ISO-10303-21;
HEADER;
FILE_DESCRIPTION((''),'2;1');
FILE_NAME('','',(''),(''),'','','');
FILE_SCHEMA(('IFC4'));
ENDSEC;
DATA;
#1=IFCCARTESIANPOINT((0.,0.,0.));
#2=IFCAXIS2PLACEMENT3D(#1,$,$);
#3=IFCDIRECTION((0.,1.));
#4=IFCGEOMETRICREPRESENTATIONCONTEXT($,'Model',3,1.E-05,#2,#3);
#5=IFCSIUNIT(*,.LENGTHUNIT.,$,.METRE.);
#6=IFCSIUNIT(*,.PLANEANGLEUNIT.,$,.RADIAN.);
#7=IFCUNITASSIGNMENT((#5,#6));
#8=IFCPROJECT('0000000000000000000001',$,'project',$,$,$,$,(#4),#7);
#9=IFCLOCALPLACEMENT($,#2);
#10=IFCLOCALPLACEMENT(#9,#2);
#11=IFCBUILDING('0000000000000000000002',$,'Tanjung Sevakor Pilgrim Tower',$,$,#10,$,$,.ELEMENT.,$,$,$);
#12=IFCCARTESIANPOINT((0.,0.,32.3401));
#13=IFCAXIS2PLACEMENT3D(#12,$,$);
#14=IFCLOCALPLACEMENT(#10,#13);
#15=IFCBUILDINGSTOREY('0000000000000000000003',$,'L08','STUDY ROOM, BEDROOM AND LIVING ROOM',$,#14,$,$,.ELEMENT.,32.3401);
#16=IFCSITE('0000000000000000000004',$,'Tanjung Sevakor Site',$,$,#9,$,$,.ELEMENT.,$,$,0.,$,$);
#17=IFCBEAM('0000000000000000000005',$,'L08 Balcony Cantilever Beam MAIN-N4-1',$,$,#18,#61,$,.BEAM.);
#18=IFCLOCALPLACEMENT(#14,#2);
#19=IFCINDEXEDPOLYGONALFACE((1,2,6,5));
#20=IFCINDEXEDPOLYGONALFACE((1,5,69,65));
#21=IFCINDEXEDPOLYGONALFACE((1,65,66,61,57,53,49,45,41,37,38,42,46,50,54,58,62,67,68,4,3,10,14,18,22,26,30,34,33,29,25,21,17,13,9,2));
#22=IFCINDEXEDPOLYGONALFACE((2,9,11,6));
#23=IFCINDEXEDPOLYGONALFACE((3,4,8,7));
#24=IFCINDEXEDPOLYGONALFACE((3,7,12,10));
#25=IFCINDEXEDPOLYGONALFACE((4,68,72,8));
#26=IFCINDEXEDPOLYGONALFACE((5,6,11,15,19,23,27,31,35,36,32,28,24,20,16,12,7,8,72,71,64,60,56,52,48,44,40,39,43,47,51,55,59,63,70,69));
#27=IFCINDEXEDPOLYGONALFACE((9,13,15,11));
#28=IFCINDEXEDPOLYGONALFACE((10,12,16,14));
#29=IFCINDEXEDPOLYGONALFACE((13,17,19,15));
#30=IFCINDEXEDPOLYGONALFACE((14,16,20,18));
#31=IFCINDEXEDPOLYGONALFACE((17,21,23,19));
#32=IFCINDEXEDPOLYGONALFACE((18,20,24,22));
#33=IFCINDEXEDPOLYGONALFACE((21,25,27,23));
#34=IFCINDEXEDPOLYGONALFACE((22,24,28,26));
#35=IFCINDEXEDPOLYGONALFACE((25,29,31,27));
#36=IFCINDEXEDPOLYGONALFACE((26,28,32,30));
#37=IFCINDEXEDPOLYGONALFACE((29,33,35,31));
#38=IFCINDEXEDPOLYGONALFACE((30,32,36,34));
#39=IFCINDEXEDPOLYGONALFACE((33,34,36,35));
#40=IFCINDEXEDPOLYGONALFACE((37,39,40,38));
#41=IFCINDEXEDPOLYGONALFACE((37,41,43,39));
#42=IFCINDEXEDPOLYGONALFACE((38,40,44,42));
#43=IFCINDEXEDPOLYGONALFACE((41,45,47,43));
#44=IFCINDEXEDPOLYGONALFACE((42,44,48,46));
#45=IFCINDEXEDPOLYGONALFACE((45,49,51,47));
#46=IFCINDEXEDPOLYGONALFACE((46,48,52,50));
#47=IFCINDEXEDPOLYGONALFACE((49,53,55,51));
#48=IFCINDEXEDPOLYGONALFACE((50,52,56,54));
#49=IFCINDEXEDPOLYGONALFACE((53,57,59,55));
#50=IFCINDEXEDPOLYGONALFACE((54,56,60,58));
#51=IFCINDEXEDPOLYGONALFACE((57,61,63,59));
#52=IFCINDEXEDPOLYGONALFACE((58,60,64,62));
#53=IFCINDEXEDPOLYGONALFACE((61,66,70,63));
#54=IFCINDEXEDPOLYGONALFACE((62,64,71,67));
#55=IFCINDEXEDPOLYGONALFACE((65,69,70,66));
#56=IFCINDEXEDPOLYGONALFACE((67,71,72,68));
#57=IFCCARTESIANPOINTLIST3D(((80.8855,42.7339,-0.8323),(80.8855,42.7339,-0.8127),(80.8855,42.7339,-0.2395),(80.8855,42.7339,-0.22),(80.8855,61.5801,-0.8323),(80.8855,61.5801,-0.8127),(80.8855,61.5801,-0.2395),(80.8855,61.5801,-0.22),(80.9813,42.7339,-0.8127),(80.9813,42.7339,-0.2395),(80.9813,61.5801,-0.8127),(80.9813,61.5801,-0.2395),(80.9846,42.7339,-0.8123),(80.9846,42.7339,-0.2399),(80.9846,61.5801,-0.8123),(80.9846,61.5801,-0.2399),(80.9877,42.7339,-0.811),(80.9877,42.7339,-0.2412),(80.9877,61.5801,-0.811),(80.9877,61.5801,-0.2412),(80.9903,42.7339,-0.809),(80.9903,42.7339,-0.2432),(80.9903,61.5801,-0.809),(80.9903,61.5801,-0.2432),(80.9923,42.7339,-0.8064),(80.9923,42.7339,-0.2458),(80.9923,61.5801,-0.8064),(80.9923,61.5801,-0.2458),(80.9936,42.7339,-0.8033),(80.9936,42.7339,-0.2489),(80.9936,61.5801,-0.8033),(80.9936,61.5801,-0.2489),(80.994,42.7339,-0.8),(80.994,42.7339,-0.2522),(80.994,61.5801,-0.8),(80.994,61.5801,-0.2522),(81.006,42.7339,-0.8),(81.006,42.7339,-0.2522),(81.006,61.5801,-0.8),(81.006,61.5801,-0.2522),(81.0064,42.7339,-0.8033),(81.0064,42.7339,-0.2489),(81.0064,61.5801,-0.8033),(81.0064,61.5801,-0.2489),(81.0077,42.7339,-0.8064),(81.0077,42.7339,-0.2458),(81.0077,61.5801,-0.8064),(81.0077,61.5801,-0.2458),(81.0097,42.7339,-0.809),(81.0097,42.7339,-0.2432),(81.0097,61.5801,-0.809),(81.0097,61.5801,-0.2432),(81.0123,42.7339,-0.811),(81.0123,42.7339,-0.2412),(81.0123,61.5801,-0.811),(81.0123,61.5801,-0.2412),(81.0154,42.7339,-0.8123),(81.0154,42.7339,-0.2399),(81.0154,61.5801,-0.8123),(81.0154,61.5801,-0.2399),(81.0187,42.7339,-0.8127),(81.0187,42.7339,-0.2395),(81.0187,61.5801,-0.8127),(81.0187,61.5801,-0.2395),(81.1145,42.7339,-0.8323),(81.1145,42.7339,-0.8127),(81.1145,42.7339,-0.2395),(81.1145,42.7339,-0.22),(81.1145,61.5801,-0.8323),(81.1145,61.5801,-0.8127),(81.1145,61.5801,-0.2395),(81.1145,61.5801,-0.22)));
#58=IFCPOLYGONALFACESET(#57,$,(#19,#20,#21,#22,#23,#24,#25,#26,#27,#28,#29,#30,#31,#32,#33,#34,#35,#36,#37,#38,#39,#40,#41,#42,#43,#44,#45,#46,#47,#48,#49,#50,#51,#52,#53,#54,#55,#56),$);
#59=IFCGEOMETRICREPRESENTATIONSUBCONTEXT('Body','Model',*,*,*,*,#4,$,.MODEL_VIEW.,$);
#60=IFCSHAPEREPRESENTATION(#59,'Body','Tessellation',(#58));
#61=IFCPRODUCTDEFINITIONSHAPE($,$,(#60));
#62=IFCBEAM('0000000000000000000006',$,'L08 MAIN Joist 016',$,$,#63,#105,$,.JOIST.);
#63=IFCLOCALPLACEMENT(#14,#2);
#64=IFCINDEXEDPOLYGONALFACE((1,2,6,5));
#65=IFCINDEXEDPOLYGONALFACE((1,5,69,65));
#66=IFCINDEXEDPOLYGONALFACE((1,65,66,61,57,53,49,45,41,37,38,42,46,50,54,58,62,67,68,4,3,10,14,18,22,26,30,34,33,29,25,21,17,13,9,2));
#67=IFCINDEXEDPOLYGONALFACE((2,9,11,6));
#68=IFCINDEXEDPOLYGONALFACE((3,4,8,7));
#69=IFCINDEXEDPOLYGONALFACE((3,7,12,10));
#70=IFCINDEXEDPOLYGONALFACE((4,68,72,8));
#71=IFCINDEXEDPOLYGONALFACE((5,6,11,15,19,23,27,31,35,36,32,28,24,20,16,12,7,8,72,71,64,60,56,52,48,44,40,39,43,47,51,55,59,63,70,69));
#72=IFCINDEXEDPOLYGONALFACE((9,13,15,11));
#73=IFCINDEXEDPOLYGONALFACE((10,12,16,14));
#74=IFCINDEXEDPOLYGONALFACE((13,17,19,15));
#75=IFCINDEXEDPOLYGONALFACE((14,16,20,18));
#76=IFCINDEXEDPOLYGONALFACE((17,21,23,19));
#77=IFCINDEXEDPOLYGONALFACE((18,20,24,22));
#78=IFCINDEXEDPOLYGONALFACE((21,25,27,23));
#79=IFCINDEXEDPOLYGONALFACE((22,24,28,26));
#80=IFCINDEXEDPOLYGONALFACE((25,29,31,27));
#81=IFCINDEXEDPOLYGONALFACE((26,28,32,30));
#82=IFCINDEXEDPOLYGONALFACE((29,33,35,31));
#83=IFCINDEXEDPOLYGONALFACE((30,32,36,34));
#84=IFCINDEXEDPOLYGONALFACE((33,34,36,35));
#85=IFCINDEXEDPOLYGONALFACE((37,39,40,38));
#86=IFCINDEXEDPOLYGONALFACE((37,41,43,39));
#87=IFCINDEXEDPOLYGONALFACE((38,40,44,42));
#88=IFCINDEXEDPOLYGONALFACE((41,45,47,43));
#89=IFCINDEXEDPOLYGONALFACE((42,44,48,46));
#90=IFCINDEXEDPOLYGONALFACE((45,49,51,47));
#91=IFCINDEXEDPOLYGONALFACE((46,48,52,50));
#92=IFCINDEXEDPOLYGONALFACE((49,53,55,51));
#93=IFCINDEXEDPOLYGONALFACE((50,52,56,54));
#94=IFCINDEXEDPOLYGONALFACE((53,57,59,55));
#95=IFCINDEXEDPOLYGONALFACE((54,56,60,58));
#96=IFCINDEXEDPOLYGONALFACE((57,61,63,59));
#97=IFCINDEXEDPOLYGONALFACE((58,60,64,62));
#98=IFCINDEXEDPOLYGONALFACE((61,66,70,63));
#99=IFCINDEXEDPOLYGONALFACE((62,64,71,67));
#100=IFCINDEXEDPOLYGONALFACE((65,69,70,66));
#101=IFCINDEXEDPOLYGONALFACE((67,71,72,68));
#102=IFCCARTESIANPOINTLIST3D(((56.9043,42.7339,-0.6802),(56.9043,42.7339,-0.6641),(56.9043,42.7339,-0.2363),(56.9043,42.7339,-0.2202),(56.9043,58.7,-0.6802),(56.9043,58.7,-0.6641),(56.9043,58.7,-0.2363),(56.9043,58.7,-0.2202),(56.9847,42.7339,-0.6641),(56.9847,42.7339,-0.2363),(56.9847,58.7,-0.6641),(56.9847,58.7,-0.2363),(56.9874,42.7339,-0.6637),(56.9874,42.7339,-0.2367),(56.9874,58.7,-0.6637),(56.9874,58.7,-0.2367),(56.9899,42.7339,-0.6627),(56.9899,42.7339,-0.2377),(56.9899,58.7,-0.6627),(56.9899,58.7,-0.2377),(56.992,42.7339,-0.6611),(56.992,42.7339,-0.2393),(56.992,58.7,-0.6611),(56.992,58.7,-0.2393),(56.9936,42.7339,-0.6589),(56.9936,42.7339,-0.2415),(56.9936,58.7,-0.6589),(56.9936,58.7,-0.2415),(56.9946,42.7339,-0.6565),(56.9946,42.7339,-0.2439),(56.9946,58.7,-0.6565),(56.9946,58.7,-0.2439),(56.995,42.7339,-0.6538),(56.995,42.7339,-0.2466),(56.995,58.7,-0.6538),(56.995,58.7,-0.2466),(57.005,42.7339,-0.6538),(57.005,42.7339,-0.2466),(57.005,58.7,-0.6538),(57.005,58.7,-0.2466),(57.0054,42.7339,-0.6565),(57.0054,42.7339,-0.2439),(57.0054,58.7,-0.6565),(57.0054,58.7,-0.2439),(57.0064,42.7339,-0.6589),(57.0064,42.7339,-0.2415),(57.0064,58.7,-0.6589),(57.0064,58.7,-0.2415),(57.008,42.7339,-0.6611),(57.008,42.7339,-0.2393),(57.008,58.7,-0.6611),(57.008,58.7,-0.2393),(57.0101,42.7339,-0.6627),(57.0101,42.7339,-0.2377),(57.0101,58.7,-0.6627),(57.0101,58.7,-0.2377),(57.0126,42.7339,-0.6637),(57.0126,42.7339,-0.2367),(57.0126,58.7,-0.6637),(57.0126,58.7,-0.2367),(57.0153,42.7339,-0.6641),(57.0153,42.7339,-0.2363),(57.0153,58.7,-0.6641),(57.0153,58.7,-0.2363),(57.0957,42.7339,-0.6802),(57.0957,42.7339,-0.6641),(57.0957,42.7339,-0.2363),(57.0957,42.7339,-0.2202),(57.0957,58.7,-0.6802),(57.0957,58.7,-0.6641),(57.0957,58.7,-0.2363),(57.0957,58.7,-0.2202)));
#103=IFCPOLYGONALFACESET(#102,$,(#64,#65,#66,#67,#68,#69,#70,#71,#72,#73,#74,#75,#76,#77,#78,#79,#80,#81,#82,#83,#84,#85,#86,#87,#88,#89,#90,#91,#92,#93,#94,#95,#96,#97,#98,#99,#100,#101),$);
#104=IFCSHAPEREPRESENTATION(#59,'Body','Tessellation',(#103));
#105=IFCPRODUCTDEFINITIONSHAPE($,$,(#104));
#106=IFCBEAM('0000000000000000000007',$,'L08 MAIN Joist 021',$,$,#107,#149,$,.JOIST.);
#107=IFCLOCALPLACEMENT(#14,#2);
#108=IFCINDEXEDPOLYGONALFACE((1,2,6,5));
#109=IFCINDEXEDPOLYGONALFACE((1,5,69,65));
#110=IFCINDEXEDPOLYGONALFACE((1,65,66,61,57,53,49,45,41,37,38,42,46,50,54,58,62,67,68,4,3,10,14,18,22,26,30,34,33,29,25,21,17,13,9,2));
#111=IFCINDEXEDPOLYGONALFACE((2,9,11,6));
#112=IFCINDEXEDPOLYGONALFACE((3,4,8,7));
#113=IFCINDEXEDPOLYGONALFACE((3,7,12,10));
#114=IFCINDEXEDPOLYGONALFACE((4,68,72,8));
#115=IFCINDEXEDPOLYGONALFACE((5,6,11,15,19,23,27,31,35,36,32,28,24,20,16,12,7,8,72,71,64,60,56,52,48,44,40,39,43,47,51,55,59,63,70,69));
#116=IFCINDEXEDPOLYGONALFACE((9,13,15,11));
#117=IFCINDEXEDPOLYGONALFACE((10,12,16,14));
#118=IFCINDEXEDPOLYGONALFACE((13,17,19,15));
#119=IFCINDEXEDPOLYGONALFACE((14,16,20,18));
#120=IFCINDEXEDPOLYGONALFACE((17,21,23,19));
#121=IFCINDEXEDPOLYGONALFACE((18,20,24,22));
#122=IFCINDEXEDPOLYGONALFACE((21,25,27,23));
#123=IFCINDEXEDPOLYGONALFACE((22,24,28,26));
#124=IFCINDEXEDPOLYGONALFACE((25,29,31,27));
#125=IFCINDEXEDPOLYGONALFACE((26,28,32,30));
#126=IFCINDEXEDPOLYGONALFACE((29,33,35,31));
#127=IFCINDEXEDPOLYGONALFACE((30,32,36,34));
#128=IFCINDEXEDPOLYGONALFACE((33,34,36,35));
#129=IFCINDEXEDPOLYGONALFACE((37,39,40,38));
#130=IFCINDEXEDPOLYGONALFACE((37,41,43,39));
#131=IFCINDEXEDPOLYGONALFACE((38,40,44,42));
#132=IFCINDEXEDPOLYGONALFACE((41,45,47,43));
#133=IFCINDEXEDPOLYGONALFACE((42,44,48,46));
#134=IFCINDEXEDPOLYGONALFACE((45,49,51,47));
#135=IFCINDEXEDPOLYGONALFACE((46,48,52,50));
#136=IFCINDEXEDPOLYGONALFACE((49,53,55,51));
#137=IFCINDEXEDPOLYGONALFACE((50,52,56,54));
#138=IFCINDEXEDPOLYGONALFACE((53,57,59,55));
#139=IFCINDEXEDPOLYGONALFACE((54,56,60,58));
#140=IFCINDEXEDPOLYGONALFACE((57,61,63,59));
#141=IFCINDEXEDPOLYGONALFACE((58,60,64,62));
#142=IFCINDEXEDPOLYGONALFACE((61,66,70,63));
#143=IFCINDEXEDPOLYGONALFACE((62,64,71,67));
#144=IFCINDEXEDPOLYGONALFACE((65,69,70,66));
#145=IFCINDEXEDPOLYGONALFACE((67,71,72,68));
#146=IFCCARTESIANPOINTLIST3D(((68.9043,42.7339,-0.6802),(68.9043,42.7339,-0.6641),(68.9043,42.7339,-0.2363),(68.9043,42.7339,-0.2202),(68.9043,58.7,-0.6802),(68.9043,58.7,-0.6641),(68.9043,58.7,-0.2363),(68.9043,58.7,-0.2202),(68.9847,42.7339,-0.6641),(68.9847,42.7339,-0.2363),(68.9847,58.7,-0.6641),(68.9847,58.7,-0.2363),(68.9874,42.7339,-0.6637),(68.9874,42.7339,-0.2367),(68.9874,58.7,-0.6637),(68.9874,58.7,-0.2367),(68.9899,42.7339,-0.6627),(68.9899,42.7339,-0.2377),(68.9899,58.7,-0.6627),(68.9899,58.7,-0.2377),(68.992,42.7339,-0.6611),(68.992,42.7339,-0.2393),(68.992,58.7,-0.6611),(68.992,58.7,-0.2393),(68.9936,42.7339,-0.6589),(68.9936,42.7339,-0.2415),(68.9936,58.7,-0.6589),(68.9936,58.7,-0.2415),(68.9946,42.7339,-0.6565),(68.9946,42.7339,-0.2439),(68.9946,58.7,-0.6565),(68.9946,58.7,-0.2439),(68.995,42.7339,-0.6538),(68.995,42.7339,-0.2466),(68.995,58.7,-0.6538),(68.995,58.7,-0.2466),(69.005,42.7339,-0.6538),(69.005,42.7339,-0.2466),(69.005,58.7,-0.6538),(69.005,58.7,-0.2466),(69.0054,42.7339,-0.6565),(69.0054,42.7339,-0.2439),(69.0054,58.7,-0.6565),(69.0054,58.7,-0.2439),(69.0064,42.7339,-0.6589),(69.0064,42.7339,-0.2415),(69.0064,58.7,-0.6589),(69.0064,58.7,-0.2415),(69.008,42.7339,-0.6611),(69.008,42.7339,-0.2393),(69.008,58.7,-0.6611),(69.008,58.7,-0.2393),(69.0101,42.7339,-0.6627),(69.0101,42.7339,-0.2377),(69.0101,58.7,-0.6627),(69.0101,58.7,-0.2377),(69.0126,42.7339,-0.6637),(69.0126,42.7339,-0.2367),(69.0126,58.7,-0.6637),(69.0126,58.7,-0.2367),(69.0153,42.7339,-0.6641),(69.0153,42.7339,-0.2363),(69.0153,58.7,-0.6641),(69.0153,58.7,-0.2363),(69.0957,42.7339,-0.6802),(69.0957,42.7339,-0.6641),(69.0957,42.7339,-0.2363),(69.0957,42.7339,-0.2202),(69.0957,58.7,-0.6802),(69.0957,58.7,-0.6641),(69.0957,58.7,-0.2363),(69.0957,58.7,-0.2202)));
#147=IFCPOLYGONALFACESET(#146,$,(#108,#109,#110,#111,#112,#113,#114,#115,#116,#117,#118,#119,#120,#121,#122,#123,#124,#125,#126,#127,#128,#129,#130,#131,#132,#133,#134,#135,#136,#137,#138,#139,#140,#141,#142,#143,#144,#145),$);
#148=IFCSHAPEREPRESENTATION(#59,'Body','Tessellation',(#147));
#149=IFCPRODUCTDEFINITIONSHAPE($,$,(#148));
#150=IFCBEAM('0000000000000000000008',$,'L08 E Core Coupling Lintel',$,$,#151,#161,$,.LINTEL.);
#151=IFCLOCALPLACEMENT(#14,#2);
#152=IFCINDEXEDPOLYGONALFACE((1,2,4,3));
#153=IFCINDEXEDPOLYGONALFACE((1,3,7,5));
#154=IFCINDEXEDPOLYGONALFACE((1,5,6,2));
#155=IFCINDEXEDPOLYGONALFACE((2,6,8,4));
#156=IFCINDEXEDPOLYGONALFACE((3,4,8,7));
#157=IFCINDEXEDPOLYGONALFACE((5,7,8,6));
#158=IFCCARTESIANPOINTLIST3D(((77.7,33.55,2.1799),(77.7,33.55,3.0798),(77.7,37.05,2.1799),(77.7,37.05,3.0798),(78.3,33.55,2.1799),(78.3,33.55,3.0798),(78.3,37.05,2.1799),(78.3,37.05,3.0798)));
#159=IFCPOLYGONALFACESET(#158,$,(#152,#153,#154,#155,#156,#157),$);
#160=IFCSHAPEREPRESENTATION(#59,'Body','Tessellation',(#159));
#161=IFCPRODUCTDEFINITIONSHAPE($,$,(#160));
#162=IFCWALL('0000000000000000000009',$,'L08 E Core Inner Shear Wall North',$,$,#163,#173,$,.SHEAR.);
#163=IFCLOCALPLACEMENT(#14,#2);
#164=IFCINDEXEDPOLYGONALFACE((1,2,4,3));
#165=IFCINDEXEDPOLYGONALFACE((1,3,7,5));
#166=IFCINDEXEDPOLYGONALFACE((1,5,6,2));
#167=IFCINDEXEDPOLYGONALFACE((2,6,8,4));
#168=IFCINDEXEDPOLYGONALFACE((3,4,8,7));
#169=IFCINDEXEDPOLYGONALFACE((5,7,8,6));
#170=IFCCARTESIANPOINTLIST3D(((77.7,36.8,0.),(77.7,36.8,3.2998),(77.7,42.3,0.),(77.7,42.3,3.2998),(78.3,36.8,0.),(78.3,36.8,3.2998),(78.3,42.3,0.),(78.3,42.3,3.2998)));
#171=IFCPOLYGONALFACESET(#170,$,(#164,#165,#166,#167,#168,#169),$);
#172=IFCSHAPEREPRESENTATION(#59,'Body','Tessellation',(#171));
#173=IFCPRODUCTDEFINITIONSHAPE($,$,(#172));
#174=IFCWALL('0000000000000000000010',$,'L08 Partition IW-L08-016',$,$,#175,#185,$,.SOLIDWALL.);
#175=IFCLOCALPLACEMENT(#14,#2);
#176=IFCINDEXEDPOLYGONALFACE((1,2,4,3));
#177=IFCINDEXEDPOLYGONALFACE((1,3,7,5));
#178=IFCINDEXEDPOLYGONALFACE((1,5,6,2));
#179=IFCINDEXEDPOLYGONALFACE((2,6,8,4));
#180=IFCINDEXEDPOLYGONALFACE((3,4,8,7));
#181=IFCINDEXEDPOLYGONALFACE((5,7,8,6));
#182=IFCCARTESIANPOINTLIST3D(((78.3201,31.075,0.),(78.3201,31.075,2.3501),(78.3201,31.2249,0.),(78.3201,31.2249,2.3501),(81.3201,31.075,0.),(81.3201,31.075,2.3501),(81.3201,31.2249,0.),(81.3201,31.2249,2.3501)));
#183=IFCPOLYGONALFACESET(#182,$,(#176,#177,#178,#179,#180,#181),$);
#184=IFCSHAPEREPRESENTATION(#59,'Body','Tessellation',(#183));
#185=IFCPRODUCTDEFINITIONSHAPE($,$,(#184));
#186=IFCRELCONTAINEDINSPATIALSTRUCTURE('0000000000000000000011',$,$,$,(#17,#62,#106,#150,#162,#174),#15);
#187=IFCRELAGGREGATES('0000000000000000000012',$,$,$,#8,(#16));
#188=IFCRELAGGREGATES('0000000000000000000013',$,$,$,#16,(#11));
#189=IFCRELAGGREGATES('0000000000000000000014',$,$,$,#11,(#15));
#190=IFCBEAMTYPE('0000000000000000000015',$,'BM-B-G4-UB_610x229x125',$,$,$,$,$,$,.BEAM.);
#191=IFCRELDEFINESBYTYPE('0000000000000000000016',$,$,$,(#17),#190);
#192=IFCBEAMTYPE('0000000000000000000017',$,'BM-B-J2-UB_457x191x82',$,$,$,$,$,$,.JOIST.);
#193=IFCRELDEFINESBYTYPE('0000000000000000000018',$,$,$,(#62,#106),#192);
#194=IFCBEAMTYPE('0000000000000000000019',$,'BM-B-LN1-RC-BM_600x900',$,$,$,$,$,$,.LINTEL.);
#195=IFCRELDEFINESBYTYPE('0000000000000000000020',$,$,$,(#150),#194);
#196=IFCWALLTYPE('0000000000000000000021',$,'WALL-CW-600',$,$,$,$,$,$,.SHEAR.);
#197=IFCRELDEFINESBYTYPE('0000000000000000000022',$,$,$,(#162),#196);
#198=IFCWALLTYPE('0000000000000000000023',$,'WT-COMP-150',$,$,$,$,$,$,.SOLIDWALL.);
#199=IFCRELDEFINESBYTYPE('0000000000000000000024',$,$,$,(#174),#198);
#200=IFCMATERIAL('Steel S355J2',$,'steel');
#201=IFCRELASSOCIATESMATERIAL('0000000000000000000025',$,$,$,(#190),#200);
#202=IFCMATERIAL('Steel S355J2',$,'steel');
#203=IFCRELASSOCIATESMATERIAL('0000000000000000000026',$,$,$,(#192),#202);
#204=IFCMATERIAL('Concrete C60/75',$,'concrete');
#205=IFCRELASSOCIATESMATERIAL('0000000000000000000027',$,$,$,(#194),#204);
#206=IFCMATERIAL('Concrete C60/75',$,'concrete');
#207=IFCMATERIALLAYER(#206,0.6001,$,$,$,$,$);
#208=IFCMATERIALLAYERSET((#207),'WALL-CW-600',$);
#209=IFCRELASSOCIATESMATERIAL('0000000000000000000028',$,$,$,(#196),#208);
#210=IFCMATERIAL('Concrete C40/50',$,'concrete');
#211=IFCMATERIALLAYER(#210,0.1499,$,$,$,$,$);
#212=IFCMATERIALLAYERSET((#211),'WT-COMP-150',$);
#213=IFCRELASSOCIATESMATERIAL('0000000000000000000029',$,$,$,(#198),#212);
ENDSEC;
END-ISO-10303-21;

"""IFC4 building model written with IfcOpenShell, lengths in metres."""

from ifc_helpers import new_model, si_unit, direction, frame, frame_2d, origin, origin_2d, place, context, subcontext, project, spatial, rectangle, i_section, extrude, material, layer, layer_set, material_profile, profile_set, type_object, element, save


model = new_model("IFC4")

# Units and contexts
model_context = context("Model", 3, precision=1e-05, world=origin(), true_north=direction((0.0, 1.0)))
body_context = subcontext(model_context, "Body", "Model", "MODEL_VIEW")
ifc_project = project(units=[si_unit("LENGTHUNIT", "METRE"), si_unit("PLANEANGLEUNIT", "RADIAN")], contexts=[model_context])

# Site, building, storey
site_placement = place(None, origin())
site = spatial("IfcSite", under=ifc_project, at=site_placement, Name="Tanjung Sevakor Site", CompositionType="ELEMENT", RefElevation=0.0)
building_placement = place(site_placement, origin())
building = spatial("IfcBuilding", under=site, at=building_placement, Name="Tanjung Sevakor Pilgrim Tower", CompositionType="ELEMENT")
storey_placement = place(building_placement, frame((0.0, 0.0, 32.3401)))
storey = spatial("IfcBuildingStorey", under=building, at=storey_placement, Name="L08", Description="STUDY ROOM, BEDROOM AND LIVING ROOM", CompositionType="ELEMENT", Elevation=32.3401)

# Beams
ifc_material_1 = material(Name="Steel S355J2", Category="steel")
ifc_material_profile_1 = material_profile(ifc_material_1, i_section(OverallWidth=0.229, OverallDepth=0.6123, WebThickness=0.012, FlangeThickness=0.0195, FilletRadius=0.0127, at=origin_2d()))
ifc_profile_set_1 = profile_set([ifc_material_profile_1], Name="Steel S355J2")
beam_type_1 = type_object("IfcBeamType", Name="BM-B-G4-UB_610x229x125", PredefinedType="BEAM", material=ifc_profile_set_1)
for number, where, z_axis, x_axis, name in (
    (1, (81.0, 42.7339, -0.5261), (0.0, 1.0, 0.0), (-1.0, 0.0, 0.0), "L08 Balcony Cantilever Beam MAIN-N4-1"),
):
    element("IfcBeam", number, at=place(storey_placement, frame(where, z_axis=z_axis, x_axis=x_axis)), inside=storey, type_object=beam_type_1, Name=name, PredefinedType="BEAM", context=body_context, shape_type="SweptSolid", body=[
        extrude(i_section(OverallWidth=0.229, OverallDepth=0.6123, WebThickness=0.012, FlangeThickness=0.0195, FilletRadius=0.0127, at=origin_2d()), origin(), (0.0, 0.0, 1.0), 18.8462),
    ])
ifc_material_2 = material(Name="Steel S355J2", Category="steel")
ifc_material_profile_2 = material_profile(ifc_material_2, i_section(OverallWidth=0.1914, OverallDepth=0.46, WebThickness=0.01, FlangeThickness=0.0161, FilletRadius=0.0103, at=origin_2d()))
ifc_profile_set_2 = profile_set([ifc_material_profile_2], Name="Steel S355J2")
beam_type_2 = type_object("IfcBeamType", Name="BM-B-J2-UB_457x191x82", PredefinedType="JOIST", material=ifc_profile_set_2)
for number, where, z_axis, x_axis, name in (
    (2, (57.0, 42.7339, -0.4502), (0.0, 1.0, 0.0), (-1.0, 0.0, 0.0), "L08 MAIN Joist 016"),
    (3, (69.0, 42.7339, -0.4502), (0.0, 1.0, 0.0), (-1.0, 0.0, 0.0), "L08 MAIN Joist 021"),
):
    element("IfcBeam", number, at=place(storey_placement, frame(where, z_axis=z_axis, x_axis=x_axis)), inside=storey, type_object=beam_type_2, Name=name, PredefinedType="JOIST", context=body_context, shape_type="SweptSolid", body=[
        extrude(i_section(OverallWidth=0.1914, OverallDepth=0.46, WebThickness=0.01, FlangeThickness=0.0161, FilletRadius=0.0103, at=origin_2d()), origin(), (0.0, 0.0, 1.0), 15.9661),
    ])
ifc_material_3 = material(Name="Concrete C60/75", Category="concrete")
ifc_material_profile_3 = material_profile(ifc_material_3, rectangle(XDim=0.6001, YDim=0.8999, at=origin_2d()))
ifc_profile_set_3 = profile_set([ifc_material_profile_3], Name="Concrete C60/75")
beam_type_3 = type_object("IfcBeamType", Name="BM-B-LN1-RC-BM_600x900", PredefinedType="LINTEL", material=ifc_profile_set_3)
beam_1_placement = place(storey_placement, frame((78.0, 33.55, 2.6299), z_axis=(0.0, 1.0, 0.0), x_axis=(-1.0, 0.0, 0.0)))
element("IfcBeam", 4, at=beam_1_placement, inside=storey, type_object=beam_type_3, Name="L08 E Core Coupling Lintel", PredefinedType="LINTEL", context=body_context, shape_type="SweptSolid", body=[
    extrude(rectangle(XDim=0.6001, YDim=0.8999, at=origin_2d()), origin(), (0.0, 0.0, 1.0), 3.5),
])

# Walls
ifc_material_4 = material(Name="Concrete C60/75", Category="concrete")
ifc_layer_1 = layer(ifc_material_4, 0.6001)
ifc_layer_set_1 = layer_set([ifc_layer_1], Name="WALL-CW-600")
wall_type_1 = type_object("IfcWallType", Name="WALL-CW-600", PredefinedType="SHEAR", material=ifc_layer_set_1)
wall_1_placement = place(storey_placement, frame((78.0, 36.8, 0.0), z_axis=(0.0, 0.0, 1.0), x_axis=(0.0, 1.0, 0.0)))
element("IfcWall", 5, at=wall_1_placement, inside=storey, type_object=wall_type_1, Name="L08 E Core Inner Shear Wall North", PredefinedType="SHEAR", context=body_context, shape_type="SweptSolid", body=[
    extrude(rectangle(XDim=5.5, YDim=0.6001, at=frame_2d((2.75, 0.0))), origin(), (0.0, 0.0, 1.0), 3.2998),
])
ifc_material_5 = material(Name="Concrete C40/50", Category="concrete")
ifc_layer_2 = layer(ifc_material_5, 0.1499)
ifc_layer_set_2 = layer_set([ifc_layer_2], Name="WT-COMP-150")
wall_type_2 = type_object("IfcWallType", Name="WT-COMP-150", PredefinedType="SOLIDWALL", material=ifc_layer_set_2)
for number, where, z_axis, x_axis, name in (
    (6, (78.3201, 31.1499, 0.0), (0.0, 0.0, 1.0), (1.0, 0.0, 0.0), "L08 Partition IW-L08-016"),
):
    element("IfcWall", number, at=place(storey_placement, frame(where, z_axis=z_axis, x_axis=x_axis)), inside=storey, type_object=wall_type_2, Name=name, PredefinedType="SOLIDWALL", context=body_context, shape_type="SweptSolid", body=[
        extrude(rectangle(XDim=3.0, YDim=0.1499, at=frame_2d((1.5, 0.0))), origin(), (0.0, 0.0, 1.0), 2.3501),
    ])

save(model, "model.ifc")
